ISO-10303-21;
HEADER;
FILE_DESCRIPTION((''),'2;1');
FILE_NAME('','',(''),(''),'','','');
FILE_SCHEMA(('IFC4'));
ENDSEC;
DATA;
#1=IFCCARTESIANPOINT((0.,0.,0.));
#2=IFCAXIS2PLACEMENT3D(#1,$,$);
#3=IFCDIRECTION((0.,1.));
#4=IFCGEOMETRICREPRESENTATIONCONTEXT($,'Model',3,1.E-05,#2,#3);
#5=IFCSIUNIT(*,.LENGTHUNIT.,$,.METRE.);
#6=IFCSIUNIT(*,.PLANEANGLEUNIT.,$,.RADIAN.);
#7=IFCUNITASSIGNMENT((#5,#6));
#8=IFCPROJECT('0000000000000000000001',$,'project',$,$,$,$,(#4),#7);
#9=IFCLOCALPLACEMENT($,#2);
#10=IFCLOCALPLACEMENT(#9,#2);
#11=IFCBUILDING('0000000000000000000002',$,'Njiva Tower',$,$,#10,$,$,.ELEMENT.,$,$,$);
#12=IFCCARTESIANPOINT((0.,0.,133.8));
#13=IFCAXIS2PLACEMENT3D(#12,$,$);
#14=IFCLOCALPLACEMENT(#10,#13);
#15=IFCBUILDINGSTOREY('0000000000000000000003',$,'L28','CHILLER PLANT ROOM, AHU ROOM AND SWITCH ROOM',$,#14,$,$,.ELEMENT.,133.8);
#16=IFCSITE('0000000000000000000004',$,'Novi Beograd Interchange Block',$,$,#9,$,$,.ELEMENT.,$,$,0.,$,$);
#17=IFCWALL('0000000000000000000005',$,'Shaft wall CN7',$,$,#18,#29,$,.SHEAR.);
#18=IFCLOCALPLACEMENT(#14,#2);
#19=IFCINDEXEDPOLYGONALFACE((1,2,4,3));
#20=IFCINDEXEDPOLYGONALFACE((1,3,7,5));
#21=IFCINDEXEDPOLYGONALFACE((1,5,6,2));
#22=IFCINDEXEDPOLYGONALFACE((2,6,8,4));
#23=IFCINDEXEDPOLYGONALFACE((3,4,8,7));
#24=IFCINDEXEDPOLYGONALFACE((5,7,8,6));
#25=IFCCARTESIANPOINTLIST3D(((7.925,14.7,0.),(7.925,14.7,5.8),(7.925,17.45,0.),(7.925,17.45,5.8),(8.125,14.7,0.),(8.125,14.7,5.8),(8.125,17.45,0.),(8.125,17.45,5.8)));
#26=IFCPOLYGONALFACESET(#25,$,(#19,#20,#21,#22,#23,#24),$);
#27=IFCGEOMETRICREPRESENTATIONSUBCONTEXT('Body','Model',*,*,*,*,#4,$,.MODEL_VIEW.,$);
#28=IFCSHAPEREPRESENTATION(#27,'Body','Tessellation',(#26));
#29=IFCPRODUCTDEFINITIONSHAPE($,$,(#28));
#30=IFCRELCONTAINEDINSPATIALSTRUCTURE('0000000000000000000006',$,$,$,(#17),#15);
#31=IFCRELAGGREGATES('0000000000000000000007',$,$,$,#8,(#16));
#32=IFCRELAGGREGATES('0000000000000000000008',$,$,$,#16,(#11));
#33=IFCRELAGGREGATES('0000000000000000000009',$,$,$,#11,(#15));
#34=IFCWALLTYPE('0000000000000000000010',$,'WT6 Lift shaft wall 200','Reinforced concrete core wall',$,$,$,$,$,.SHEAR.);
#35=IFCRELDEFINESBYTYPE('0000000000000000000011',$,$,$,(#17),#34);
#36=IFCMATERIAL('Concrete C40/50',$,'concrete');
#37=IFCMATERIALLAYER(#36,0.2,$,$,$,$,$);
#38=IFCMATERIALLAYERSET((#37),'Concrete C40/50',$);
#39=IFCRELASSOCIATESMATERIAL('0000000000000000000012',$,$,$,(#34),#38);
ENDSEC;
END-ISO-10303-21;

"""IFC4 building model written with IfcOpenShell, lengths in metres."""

from ifc_helpers import new_model, si_unit, direction, frame, frame_2d, origin, place, context, subcontext, project, spatial, rectangle, extrude, material, layer, layer_set, type_object, element, save


model = new_model("IFC4")

# Units and contexts
model_context = context("Model", 3, precision=1e-05, world=origin(), true_north=direction((0.0, 1.0)))
body_context = subcontext(model_context, "Body", "Model", "MODEL_VIEW")
ifc_project = project(units=[si_unit("LENGTHUNIT", "METRE"), si_unit("PLANEANGLEUNIT", "RADIAN")], contexts=[model_context])

# Site, building, storey
site_placement = place(None, origin())
site = spatial("IfcSite", under=ifc_project, at=site_placement, Name="Novi Beograd Interchange Block", CompositionType="ELEMENT", RefElevation=0.0)
building_placement = place(site_placement, origin())
building = spatial("IfcBuilding", under=site, at=building_placement, Name="Njiva Tower", CompositionType="ELEMENT")
storey_placement = place(building_placement, frame((0.0, 0.0, 133.8)))
storey = spatial("IfcBuildingStorey", under=building, at=storey_placement, Name="L28", Description="CHILLER PLANT ROOM, AHU ROOM AND SWITCH ROOM", CompositionType="ELEMENT", Elevation=133.8)

# Wall
ifc_material_1 = material(Name="Concrete C40/50", Category="concrete")
ifc_layer_1 = layer(ifc_material_1, 0.2)
ifc_layer_set_1 = layer_set([ifc_layer_1], Name="Concrete C40/50")
wall_type_1 = type_object("IfcWallType", Name="WT6 Lift shaft wall 200", Description="Reinforced concrete core wall", PredefinedType="SHEAR", material=ifc_layer_set_1)
for number, where, z_axis, x_axis, name in (
    (1, (8.025, 14.7, 0.0), (0.0, 0.0, 1.0), (0.0, 1.0, 0.0), "Shaft wall CN7"),
):
    element("IfcWall", number, at=place(storey_placement, frame(where, z_axis=z_axis, x_axis=x_axis)), inside=storey, type_object=wall_type_1, Name=name, PredefinedType="SHEAR", context=body_context, shape_type="SweptSolid", body=[
        extrude(rectangle(XDim=2.75, YDim=0.2, at=frame_2d((1.375, 0.0))), origin(), (0.0, 0.0, 1.0), 5.8),
    ])

save(model, "model.ifc")
